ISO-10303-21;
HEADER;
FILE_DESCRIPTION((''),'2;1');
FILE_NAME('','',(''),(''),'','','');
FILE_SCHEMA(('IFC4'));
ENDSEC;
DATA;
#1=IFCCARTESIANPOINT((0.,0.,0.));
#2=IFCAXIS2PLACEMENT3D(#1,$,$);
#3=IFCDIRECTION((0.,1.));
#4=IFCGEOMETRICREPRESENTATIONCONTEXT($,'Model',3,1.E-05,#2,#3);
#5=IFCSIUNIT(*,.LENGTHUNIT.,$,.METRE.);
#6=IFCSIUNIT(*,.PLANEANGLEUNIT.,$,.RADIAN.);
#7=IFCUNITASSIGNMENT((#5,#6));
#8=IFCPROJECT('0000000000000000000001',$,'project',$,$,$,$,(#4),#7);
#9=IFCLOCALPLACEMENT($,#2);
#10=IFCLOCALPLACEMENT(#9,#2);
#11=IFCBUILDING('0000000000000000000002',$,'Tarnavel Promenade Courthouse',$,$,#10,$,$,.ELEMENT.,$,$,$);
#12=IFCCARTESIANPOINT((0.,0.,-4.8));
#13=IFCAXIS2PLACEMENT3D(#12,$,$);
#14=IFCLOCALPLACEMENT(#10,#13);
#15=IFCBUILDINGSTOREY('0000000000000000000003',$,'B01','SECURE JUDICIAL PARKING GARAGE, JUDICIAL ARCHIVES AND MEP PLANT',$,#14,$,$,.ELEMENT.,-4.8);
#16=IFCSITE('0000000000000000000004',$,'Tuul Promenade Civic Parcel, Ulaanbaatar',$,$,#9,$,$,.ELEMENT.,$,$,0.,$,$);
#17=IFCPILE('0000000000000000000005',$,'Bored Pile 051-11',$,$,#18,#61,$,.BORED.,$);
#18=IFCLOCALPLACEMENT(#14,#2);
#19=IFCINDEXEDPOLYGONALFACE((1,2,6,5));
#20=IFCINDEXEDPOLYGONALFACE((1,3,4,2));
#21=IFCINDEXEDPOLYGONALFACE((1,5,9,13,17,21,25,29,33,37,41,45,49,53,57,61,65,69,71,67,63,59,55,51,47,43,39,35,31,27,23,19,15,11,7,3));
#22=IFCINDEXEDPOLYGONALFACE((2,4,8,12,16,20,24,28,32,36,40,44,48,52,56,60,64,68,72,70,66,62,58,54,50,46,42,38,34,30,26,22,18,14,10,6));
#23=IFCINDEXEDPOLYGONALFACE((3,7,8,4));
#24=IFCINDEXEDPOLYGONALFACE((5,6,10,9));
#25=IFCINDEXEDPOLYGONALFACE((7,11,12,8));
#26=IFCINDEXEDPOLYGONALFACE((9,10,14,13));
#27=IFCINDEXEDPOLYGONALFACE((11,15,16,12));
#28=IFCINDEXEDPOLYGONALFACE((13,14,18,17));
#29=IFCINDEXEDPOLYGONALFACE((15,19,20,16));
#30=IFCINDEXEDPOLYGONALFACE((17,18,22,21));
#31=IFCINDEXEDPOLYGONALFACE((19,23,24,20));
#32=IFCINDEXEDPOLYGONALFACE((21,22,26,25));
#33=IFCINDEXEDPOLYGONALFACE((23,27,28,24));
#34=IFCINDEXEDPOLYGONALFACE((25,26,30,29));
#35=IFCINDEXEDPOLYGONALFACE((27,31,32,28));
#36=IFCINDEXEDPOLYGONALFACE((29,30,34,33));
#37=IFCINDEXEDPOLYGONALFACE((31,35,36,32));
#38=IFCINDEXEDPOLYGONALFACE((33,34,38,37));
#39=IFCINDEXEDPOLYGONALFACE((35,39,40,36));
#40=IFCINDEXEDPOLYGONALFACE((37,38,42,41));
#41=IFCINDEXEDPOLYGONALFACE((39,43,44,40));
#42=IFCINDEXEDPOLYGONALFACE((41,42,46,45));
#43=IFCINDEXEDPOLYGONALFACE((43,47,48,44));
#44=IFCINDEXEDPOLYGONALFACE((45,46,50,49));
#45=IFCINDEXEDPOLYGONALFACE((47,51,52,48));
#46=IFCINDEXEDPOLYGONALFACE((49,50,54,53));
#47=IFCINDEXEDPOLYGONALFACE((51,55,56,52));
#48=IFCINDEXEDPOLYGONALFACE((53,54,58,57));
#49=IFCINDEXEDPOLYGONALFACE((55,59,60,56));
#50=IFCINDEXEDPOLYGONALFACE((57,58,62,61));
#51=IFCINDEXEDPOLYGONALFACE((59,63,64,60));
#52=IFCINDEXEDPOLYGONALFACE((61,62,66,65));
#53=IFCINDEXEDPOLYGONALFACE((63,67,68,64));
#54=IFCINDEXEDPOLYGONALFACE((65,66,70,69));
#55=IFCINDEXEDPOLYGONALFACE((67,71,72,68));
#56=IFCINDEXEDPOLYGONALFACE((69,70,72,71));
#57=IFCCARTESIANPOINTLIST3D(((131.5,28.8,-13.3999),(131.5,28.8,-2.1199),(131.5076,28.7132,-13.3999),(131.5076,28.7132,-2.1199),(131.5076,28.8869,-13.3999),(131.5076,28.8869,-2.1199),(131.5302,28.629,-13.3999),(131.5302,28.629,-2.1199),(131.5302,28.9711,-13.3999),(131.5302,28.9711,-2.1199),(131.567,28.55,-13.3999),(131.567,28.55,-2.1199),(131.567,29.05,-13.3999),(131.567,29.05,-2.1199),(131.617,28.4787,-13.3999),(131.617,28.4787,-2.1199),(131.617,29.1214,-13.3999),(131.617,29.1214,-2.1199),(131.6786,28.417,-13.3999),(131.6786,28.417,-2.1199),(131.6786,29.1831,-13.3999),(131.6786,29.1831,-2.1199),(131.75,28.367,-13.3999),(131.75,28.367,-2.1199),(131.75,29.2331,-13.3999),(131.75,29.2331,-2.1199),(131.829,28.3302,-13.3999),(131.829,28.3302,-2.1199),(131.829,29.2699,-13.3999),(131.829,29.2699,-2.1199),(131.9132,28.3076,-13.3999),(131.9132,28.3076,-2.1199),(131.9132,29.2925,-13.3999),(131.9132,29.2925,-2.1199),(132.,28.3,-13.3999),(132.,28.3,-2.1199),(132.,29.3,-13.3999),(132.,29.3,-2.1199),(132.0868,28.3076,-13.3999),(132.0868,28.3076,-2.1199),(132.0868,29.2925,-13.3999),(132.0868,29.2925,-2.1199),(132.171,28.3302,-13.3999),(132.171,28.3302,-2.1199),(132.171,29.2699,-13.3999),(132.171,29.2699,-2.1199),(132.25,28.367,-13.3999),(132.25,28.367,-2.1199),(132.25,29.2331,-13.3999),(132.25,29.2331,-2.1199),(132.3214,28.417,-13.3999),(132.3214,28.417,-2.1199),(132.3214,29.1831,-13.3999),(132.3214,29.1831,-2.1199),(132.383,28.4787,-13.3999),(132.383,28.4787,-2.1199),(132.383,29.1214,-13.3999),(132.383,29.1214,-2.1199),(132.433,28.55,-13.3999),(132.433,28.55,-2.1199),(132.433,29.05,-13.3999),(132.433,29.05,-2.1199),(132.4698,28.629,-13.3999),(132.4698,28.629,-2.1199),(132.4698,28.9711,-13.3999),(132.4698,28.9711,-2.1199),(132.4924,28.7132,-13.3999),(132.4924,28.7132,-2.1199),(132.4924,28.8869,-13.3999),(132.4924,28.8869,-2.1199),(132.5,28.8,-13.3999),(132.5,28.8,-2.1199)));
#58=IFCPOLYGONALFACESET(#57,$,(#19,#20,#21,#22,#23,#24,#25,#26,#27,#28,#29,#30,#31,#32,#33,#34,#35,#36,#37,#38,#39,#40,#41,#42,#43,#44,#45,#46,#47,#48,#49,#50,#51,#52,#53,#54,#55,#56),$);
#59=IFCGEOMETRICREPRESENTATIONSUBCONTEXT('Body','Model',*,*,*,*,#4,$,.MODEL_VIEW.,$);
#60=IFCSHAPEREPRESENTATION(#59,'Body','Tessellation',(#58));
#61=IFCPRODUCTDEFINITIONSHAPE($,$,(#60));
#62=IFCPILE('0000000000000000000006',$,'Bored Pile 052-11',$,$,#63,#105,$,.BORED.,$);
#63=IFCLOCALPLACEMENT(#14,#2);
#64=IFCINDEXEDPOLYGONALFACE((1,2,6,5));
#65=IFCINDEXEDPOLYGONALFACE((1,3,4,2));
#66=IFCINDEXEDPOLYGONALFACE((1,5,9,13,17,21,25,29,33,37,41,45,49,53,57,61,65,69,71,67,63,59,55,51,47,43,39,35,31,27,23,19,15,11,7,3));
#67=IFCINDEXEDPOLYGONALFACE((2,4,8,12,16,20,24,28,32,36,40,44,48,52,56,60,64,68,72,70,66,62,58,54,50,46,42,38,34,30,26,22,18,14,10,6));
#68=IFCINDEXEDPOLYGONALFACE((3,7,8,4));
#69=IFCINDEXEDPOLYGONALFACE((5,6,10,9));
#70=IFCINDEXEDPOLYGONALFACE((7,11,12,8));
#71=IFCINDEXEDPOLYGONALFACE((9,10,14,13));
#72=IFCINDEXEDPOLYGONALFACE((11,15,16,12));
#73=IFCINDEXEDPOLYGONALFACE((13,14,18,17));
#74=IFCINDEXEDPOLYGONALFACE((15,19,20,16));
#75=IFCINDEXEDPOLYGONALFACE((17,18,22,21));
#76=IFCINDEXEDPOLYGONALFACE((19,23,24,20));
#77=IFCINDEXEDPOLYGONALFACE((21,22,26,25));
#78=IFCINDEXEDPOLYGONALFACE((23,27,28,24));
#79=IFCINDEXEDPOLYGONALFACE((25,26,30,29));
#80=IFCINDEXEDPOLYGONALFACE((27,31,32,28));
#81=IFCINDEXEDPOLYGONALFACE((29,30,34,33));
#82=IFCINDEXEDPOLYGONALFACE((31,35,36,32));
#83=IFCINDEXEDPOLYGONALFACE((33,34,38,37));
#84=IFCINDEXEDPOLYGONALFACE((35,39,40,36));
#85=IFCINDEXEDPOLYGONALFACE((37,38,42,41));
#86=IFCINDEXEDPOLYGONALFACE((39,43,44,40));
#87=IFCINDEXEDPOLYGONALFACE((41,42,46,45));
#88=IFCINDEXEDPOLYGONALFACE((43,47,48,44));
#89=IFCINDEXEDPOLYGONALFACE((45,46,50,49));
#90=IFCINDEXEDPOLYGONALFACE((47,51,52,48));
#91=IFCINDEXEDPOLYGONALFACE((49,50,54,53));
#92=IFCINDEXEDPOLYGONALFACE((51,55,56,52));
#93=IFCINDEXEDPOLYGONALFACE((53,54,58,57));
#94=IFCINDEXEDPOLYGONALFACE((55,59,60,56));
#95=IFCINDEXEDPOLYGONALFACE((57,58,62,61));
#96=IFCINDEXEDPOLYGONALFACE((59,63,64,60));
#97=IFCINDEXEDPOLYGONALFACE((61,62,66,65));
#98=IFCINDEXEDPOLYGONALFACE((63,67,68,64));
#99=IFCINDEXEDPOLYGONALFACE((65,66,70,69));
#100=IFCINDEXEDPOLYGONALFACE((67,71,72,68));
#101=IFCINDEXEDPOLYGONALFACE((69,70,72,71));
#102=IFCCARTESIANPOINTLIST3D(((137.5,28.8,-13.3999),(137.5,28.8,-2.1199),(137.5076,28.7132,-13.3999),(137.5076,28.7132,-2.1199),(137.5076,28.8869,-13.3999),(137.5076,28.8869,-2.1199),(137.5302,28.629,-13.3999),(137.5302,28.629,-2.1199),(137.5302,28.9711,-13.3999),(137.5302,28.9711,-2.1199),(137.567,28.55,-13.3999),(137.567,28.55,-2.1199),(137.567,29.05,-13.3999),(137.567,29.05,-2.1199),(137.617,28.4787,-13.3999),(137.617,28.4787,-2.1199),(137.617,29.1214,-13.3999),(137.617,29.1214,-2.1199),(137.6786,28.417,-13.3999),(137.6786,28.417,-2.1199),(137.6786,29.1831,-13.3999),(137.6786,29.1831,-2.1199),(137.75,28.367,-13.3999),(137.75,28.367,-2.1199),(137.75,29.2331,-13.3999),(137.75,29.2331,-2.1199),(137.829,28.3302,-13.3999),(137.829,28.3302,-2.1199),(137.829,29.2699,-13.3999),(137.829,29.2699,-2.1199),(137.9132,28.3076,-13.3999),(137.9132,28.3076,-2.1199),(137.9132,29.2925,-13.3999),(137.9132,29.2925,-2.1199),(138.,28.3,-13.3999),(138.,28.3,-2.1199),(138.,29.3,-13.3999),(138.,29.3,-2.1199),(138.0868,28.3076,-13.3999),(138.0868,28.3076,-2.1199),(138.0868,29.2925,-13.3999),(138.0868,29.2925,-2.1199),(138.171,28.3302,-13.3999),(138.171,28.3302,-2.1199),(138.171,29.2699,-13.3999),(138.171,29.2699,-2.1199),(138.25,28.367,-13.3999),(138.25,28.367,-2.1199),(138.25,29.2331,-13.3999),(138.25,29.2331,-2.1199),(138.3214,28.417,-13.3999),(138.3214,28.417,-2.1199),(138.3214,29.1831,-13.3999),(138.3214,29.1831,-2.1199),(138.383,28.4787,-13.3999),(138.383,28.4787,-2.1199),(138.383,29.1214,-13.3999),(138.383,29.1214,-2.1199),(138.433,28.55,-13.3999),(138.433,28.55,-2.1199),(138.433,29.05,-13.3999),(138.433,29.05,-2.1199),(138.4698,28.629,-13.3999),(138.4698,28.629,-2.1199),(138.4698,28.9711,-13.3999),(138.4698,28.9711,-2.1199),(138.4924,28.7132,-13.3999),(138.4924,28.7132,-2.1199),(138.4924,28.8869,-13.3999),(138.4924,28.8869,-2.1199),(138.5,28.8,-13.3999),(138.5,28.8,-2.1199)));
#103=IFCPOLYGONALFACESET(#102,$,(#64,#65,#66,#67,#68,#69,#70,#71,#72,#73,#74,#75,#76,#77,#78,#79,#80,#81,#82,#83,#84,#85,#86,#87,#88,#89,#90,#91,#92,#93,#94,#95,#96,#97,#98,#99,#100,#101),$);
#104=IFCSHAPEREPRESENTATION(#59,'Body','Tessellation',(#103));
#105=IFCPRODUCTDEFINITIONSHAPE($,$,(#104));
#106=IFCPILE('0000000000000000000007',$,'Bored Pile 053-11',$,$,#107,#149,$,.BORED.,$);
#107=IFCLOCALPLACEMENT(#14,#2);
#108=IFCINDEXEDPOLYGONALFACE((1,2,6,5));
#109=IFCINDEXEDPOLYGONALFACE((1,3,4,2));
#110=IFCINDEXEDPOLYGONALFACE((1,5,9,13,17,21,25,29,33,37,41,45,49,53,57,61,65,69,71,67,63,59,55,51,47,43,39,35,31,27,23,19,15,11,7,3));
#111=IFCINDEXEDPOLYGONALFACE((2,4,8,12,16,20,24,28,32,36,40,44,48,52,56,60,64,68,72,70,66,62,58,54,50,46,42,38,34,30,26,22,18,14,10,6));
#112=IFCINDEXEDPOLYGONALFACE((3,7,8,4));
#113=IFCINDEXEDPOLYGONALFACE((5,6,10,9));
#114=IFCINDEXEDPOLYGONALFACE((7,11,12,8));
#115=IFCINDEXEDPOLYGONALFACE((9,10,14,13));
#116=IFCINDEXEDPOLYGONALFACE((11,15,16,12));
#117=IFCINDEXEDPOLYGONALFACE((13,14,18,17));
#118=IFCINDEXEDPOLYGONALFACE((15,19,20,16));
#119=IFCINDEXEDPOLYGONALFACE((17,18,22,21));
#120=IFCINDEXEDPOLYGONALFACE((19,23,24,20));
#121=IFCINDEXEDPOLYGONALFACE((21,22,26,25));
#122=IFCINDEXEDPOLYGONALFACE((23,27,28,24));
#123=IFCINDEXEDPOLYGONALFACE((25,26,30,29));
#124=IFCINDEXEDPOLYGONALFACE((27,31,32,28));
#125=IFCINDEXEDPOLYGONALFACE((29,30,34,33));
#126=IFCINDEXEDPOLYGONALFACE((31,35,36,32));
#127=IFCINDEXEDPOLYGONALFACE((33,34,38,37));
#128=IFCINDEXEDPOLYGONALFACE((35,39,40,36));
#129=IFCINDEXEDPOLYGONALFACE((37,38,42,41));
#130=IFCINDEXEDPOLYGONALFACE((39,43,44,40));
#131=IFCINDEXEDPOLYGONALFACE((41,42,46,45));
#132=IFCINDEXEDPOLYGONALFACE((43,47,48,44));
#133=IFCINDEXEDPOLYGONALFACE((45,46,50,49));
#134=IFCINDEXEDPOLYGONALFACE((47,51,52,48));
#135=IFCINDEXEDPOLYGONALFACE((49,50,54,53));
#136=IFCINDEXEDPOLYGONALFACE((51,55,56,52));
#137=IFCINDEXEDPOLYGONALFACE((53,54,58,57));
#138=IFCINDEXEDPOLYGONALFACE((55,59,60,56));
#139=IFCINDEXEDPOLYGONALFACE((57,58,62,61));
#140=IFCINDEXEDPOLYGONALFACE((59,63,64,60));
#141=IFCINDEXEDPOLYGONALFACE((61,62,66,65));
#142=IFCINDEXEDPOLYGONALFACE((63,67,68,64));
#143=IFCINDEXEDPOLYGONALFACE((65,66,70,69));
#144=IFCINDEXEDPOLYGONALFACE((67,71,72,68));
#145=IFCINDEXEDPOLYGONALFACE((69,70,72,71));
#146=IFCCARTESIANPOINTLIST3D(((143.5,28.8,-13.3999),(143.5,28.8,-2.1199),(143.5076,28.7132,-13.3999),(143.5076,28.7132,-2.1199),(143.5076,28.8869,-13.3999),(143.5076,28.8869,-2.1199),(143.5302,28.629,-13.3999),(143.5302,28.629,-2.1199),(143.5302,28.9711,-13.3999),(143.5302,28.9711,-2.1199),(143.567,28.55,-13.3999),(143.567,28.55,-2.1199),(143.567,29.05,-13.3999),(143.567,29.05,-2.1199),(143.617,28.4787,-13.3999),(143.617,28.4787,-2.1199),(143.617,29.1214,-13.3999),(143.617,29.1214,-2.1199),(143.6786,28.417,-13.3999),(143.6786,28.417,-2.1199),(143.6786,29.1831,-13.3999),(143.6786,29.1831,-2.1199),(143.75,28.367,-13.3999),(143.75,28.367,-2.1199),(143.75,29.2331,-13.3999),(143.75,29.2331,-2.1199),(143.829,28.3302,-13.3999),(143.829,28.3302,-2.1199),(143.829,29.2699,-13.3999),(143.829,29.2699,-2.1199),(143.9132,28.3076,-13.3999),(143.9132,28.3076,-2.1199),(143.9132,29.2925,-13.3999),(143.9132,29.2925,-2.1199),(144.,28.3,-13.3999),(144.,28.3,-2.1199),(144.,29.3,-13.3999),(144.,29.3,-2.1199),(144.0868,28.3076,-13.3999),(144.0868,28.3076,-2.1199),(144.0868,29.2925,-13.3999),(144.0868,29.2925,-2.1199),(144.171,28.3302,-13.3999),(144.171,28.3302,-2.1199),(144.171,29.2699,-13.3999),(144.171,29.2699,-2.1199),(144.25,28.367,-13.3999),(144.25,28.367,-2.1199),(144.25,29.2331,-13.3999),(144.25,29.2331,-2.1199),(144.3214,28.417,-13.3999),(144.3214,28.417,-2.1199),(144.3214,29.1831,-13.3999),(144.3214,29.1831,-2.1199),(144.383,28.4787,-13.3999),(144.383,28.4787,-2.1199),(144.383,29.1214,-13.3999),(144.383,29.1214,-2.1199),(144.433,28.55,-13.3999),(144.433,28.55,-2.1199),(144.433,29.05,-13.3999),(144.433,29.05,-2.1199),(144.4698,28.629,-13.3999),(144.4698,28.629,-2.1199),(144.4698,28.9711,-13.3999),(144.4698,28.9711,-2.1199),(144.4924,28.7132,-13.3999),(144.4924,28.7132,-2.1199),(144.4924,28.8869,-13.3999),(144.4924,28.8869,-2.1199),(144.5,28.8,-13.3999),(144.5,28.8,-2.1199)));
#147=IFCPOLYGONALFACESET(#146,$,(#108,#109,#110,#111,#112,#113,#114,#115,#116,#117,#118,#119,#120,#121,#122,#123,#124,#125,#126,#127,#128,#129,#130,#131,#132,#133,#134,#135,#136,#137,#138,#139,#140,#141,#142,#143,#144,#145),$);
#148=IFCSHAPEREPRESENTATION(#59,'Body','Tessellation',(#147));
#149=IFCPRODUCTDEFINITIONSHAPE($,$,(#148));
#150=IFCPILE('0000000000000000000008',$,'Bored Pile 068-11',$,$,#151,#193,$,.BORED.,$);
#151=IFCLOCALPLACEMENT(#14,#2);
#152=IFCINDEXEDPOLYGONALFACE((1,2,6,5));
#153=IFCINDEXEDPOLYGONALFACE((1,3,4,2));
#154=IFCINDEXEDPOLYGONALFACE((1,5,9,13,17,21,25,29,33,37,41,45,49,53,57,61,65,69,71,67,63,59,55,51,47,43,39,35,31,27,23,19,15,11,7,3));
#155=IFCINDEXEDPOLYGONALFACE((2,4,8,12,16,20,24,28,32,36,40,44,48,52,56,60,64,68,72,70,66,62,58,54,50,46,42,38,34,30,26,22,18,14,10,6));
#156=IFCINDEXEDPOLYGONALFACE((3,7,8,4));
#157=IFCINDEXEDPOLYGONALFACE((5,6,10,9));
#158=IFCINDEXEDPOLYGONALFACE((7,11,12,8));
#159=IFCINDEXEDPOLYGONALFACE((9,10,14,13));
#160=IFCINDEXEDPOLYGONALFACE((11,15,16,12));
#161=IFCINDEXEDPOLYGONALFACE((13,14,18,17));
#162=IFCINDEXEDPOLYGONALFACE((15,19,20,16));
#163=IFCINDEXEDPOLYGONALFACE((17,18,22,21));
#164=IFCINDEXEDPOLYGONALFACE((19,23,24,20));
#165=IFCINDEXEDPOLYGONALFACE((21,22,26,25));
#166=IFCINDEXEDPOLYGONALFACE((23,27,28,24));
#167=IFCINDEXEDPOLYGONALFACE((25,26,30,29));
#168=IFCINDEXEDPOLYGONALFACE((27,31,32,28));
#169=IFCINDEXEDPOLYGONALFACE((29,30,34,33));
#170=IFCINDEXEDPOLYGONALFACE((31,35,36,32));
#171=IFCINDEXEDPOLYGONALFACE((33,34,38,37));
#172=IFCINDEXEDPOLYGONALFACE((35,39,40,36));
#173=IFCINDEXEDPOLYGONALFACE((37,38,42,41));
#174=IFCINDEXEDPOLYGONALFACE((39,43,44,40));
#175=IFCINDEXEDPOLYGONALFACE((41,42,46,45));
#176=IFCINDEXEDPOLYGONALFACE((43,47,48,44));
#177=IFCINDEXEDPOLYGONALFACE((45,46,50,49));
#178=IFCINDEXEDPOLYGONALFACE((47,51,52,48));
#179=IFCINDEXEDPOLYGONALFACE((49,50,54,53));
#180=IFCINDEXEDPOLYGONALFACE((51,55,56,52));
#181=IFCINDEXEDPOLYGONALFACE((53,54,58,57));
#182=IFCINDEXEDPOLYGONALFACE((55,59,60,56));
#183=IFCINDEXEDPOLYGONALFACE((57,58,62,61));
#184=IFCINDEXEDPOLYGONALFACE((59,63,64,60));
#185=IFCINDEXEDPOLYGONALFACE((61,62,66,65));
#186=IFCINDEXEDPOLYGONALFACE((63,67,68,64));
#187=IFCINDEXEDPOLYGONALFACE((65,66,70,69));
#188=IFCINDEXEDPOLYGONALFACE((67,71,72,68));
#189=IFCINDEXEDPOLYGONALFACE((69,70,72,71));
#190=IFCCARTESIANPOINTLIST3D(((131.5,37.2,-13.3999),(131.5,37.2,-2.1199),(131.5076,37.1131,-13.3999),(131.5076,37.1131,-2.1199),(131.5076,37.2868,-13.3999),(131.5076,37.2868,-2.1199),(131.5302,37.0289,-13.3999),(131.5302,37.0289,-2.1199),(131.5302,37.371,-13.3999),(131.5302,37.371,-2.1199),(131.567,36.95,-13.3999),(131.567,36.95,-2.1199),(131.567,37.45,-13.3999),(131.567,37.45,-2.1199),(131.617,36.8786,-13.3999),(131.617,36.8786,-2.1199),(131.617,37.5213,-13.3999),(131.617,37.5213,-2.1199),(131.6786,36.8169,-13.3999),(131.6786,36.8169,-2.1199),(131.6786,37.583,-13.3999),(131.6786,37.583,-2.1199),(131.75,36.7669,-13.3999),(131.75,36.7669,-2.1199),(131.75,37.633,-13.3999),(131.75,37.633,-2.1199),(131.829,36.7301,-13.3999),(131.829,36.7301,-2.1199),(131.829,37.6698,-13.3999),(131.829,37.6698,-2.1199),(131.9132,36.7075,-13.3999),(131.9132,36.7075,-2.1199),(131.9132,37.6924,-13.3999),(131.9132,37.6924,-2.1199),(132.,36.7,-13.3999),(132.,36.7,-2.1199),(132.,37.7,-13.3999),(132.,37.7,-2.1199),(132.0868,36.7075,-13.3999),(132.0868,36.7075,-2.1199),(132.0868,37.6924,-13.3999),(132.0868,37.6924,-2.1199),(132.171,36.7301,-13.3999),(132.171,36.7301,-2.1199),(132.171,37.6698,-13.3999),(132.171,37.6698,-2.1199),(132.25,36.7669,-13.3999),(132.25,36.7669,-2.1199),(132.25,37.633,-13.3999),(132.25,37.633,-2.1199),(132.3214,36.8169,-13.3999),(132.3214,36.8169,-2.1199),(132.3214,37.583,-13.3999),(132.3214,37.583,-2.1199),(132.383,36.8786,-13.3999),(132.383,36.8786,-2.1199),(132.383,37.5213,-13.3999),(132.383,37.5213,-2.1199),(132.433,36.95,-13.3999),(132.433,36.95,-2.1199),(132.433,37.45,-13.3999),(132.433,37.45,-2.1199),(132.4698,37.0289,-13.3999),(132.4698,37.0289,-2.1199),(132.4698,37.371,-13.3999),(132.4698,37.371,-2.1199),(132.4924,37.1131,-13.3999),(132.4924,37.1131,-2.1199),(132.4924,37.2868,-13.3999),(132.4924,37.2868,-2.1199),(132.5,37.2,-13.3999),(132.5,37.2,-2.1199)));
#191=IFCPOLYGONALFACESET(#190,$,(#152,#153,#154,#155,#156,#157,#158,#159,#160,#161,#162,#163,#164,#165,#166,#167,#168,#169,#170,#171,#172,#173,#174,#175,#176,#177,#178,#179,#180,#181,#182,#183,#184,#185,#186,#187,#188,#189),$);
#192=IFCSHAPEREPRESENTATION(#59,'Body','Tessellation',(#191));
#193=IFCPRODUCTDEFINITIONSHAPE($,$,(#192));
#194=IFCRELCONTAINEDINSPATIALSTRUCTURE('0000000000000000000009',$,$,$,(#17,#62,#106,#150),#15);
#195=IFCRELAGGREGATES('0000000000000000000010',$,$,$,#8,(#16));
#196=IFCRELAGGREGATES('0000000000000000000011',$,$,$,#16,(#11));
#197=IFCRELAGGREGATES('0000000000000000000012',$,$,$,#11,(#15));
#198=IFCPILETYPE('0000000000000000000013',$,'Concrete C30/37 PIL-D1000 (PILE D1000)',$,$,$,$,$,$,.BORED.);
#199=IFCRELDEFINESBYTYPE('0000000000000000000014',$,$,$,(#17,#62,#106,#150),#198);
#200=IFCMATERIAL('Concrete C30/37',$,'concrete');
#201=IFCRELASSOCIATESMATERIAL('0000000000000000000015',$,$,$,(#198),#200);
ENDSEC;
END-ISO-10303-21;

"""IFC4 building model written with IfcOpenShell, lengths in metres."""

from ifc_helpers import new_model, si_unit, direction, frame, origin, origin_2d, place, context, subcontext, project, spatial, circle, extrude, material, material_profile, profile_set, type_object, element, save


model = new_model("IFC4")

# Units and contexts
model_context = context("Model", 3, precision=1e-05, world=origin(), true_north=direction((0.0, 1.0)))
body_context = subcontext(model_context, "Body", "Model", "MODEL_VIEW")
ifc_project = project(units=[si_unit("LENGTHUNIT", "METRE"), si_unit("PLANEANGLEUNIT", "RADIAN")], contexts=[model_context])

# Site, building, storey
site_placement = place(None, origin())
site = spatial("IfcSite", under=ifc_project, at=site_placement, Name="Tuul Promenade Civic Parcel, Ulaanbaatar", CompositionType="ELEMENT", RefElevation=0.0)
building_placement = place(site_placement, origin())
building = spatial("IfcBuilding", under=site, at=building_placement, Name="Tarnavel Promenade Courthouse", CompositionType="ELEMENT")
storey_placement = place(building_placement, frame((0.0, 0.0, -4.8)))
storey = spatial("IfcBuildingStorey", under=building, at=storey_placement, Name="B01", Description="SECURE JUDICIAL PARKING GARAGE, JUDICIAL ARCHIVES AND MEP PLANT", CompositionType="ELEMENT", Elevation=-4.8)

# Piles
ifc_material_1 = material(Name="Concrete C30/37", Category="concrete")
ifc_material_profile_1 = material_profile(ifc_material_1, circle(Radius=0.5, at=origin_2d()), Name="PILE D1000")
ifc_profile_set_1 = profile_set([ifc_material_profile_1], Name="Concrete C30/37")
pile_type = type_object("IfcPileType", Name="Concrete C30/37 PIL-D1000 (PILE D1000)", PredefinedType="BORED", material=ifc_profile_set_1)
for number, where, z_axis, x_axis, name in (
    (1, (132.0, 28.8, -2.1199), (0.0, 0.0, -1.0), (1.0, 0.0, 0.0), "Bored Pile 051-11"),
    (2, (138.0, 28.8, -2.1199), (0.0, 0.0, -1.0), (1.0, 0.0, 0.0), "Bored Pile 052-11"),
    (3, (144.0, 28.8, -2.1199), (0.0, 0.0, -1.0), (1.0, 0.0, 0.0), "Bored Pile 053-11"),
    (4, (132.0, 37.2, -2.1199), (0.0, 0.0, -1.0), (1.0, 0.0, 0.0), "Bored Pile 068-11"),
):
    element("IfcPile", number, at=place(storey_placement, frame(where, z_axis=z_axis, x_axis=x_axis)), inside=storey, type_object=pile_type, Name=name, PredefinedType="BORED", context=body_context, shape_type="SweptSolid", body=[
        extrude(circle(Radius=0.5, at=origin_2d()), origin(), (0.0, 0.0, 1.0), 11.28),
    ])

save(model, "model.ifc")
